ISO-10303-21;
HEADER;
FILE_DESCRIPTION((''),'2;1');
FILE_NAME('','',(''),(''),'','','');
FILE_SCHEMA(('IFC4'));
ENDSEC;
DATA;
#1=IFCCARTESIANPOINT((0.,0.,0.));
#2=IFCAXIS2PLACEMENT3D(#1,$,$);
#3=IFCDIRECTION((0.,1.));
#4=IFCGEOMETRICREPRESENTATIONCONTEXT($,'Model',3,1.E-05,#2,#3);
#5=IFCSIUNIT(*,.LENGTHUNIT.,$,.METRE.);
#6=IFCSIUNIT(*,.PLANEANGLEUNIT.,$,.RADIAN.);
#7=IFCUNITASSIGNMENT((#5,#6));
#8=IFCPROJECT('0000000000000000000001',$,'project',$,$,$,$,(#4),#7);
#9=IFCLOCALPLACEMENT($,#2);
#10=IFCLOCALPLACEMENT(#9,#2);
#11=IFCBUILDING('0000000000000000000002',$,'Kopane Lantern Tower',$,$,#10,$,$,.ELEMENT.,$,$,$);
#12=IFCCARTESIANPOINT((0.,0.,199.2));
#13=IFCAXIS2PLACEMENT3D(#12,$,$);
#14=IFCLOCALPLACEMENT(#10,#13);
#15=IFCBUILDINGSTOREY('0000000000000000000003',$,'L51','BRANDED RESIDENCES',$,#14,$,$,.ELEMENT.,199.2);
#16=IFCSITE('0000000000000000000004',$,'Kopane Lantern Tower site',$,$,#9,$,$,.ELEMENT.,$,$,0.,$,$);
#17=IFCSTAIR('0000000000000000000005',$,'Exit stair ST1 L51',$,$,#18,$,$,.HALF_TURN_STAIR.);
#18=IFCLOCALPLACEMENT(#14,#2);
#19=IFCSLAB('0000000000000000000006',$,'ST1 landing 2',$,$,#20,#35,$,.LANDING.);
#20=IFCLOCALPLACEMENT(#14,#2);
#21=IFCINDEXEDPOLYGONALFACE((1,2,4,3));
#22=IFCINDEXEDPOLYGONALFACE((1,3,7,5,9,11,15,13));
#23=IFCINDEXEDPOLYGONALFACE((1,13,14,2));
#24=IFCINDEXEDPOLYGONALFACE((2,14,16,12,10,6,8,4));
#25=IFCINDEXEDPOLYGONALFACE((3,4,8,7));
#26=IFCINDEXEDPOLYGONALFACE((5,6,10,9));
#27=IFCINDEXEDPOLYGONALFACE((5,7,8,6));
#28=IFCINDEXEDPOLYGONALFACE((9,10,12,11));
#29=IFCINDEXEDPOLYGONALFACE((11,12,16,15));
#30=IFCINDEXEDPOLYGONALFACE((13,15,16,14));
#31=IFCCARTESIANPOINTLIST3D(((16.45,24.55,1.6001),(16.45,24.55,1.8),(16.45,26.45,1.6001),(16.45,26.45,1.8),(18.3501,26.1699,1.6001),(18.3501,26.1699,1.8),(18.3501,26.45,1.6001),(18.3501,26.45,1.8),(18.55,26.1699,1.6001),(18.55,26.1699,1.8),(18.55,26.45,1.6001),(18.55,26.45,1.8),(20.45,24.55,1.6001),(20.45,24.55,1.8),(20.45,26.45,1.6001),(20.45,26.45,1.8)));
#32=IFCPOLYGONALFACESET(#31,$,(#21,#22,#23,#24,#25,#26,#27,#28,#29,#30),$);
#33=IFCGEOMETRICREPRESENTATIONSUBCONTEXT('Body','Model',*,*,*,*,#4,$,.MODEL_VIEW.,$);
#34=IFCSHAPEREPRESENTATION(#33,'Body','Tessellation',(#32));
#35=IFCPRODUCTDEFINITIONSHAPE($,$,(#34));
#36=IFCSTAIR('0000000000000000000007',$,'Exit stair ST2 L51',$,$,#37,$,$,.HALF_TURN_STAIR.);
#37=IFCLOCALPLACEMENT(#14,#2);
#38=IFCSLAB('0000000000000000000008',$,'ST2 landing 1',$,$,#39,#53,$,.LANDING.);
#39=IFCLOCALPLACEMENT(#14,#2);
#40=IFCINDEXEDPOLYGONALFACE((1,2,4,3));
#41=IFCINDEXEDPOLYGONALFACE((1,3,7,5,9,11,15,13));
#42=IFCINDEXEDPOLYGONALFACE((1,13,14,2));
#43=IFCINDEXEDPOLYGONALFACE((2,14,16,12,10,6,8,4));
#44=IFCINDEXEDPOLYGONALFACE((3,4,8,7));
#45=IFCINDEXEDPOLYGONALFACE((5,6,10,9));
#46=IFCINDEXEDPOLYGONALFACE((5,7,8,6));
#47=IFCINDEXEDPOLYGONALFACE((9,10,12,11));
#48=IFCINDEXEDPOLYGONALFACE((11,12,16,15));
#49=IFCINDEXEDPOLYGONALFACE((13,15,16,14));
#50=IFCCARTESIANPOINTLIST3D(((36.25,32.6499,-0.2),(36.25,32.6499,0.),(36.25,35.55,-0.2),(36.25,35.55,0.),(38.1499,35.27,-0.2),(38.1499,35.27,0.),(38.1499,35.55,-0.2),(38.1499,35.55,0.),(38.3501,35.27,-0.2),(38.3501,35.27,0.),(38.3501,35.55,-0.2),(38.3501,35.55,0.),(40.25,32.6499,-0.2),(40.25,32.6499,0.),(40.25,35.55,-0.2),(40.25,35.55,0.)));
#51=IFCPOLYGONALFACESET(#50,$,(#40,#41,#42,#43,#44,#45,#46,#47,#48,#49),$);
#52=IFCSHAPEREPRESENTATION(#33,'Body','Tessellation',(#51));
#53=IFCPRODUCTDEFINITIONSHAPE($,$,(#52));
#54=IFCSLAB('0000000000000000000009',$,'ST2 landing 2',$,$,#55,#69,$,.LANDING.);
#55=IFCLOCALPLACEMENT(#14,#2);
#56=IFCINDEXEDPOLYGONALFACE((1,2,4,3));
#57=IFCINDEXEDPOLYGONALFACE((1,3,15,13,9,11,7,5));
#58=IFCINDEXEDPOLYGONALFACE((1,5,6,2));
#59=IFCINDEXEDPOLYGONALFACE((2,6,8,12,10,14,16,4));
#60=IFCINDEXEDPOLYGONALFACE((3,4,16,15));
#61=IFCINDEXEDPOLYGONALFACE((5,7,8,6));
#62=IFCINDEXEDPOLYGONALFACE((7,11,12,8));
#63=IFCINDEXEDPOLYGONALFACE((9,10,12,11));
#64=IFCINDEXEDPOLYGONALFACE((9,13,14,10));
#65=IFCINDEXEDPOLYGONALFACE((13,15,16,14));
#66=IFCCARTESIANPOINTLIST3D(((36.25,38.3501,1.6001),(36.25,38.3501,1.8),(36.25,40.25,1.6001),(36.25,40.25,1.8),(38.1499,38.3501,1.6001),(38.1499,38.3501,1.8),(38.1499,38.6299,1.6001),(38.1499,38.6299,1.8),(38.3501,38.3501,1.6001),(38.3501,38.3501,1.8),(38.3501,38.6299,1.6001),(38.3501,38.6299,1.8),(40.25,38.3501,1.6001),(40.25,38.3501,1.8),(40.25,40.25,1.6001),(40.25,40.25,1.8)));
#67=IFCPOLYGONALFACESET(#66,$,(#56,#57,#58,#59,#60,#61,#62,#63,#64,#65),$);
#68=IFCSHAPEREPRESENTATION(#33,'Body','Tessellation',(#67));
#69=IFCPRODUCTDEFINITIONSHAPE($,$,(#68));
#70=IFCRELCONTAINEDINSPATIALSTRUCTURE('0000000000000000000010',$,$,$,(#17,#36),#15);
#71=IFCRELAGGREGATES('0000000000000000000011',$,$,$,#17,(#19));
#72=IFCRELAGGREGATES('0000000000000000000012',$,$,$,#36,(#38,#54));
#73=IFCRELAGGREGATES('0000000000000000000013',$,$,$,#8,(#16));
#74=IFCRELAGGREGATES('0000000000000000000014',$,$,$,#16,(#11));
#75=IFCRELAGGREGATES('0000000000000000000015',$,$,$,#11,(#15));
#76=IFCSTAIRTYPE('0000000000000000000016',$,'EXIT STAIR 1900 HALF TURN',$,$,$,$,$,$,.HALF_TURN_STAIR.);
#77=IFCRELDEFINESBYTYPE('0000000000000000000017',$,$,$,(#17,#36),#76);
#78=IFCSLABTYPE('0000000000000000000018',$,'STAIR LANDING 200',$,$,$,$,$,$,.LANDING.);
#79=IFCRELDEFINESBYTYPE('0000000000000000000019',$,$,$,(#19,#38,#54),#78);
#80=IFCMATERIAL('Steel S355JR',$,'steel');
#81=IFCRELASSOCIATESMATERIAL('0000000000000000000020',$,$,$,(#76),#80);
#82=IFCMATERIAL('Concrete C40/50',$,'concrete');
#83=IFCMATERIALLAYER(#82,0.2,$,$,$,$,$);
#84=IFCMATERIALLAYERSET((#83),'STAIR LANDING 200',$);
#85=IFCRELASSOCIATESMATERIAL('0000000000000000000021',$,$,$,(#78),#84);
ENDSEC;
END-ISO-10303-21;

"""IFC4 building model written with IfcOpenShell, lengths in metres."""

from ifc_helpers import new_model, si_unit, direction, frame, origin, place, context, subcontext, project, spatial, polyline, outline, extrude, material, layer, layer_set, type_object, element, aggregate, save


model = new_model("IFC4")

# Units and contexts
model_context = context("Model", 3, precision=1e-05, world=origin(), true_north=direction((0.0, 1.0)))
body_context = subcontext(model_context, "Body", "Model", "MODEL_VIEW")
ifc_project = project(units=[si_unit("LENGTHUNIT", "METRE"), si_unit("PLANEANGLEUNIT", "RADIAN")], contexts=[model_context])

# Site, building, storey
site_placement = place(None, origin())
site = spatial("IfcSite", under=ifc_project, at=site_placement, Name="Kopane Lantern Tower site", CompositionType="ELEMENT", RefElevation=0.0)
building_placement = place(site_placement, origin())
building = spatial("IfcBuilding", under=site, at=building_placement, Name="Kopane Lantern Tower", CompositionType="ELEMENT")
storey_placement = place(building_placement, frame((0.0, 0.0, 199.2)))
storey = spatial("IfcBuildingStorey", under=building, at=storey_placement, Name="L51", Description="BRANDED RESIDENCES", CompositionType="ELEMENT", Elevation=199.2)

# Stairs, slabs
ifc_material_1 = material(Name="Steel S355JR", Category="steel")
stair_type = type_object("IfcStairType", Name="EXIT STAIR 1900 HALF TURN", PredefinedType="HALF_TURN_STAIR", material=ifc_material_1)
stair_1_placement = place(storey_placement, origin())
stair_1 = element("IfcStair", 1, at=stair_1_placement, inside=storey, type_object=stair_type, Name="Exit stair ST1 L51", PredefinedType="HALF_TURN_STAIR")
ifc_material_2 = material(Name="Concrete C40/50", Category="concrete")
ifc_layer_1 = layer(ifc_material_2, 0.2)
ifc_layer_set_1 = layer_set([ifc_layer_1], Name="STAIR LANDING 200")
slab_type_1 = type_object("IfcSlabType", Name="STAIR LANDING 200", PredefinedType="LANDING", material=ifc_layer_set_1)
slab_1_placement = place(storey_placement, frame((0.0, 0.0, 1.6001)))
slab_1 = element("IfcSlab", 2, at=slab_1_placement, type_object=slab_type_1, Name="ST1 landing 2", PredefinedType="LANDING", context=body_context, shape_type="SweptSolid", body=[
    extrude(outline(polyline([(20.45, 26.45), (18.55, 26.45), (18.55, 26.1699), (18.3501, 26.1699), (18.3501, 26.45), (16.45, 26.45), (16.45, 24.55), (20.45, 24.55), (20.45, 26.45)])), origin(), (0.0, 0.0, 1.0), 0.2),
])
aggregate(stair_1, [slab_1])
stair_2_placement = place(storey_placement, origin())
stair_2 = element("IfcStair", 3, at=stair_2_placement, inside=storey, type_object=stair_type, Name="Exit stair ST2 L51", PredefinedType="HALF_TURN_STAIR")
slab_2_placement = place(storey_placement, frame((0.0, 0.0, -0.2)))
slab_2 = element("IfcSlab", 4, at=slab_2_placement, type_object=slab_type_1, Name="ST2 landing 1", PredefinedType="LANDING", context=body_context, shape_type="SweptSolid", body=[
    extrude(outline(polyline([(40.25, 35.55), (38.3501, 35.55), (38.3501, 35.27), (38.1499, 35.27), (38.1499, 35.55), (36.25, 35.55), (36.25, 32.6499), (40.25, 32.6499), (40.25, 35.55)])), origin(), (0.0, 0.0, 1.0), 0.2),
])
slab_3_placement = place(storey_placement, frame((0.0, 0.0, 1.6001)))
slab_3 = element("IfcSlab", 5, at=slab_3_placement, type_object=slab_type_1, Name="ST2 landing 2", PredefinedType="LANDING", context=body_context, shape_type="SweptSolid", body=[
    extrude(outline(polyline([(38.1499, 38.6299), (38.3501, 38.6299), (38.3501, 38.3501), (40.25, 38.3501), (40.25, 40.25), (36.25, 40.25), (36.25, 38.3501), (38.1499, 38.3501), (38.1499, 38.6299)])), origin(), (0.0, 0.0, 1.0), 0.2),
])
aggregate(stair_2, [slab_2, slab_3])

save(model, "model.ifc")
